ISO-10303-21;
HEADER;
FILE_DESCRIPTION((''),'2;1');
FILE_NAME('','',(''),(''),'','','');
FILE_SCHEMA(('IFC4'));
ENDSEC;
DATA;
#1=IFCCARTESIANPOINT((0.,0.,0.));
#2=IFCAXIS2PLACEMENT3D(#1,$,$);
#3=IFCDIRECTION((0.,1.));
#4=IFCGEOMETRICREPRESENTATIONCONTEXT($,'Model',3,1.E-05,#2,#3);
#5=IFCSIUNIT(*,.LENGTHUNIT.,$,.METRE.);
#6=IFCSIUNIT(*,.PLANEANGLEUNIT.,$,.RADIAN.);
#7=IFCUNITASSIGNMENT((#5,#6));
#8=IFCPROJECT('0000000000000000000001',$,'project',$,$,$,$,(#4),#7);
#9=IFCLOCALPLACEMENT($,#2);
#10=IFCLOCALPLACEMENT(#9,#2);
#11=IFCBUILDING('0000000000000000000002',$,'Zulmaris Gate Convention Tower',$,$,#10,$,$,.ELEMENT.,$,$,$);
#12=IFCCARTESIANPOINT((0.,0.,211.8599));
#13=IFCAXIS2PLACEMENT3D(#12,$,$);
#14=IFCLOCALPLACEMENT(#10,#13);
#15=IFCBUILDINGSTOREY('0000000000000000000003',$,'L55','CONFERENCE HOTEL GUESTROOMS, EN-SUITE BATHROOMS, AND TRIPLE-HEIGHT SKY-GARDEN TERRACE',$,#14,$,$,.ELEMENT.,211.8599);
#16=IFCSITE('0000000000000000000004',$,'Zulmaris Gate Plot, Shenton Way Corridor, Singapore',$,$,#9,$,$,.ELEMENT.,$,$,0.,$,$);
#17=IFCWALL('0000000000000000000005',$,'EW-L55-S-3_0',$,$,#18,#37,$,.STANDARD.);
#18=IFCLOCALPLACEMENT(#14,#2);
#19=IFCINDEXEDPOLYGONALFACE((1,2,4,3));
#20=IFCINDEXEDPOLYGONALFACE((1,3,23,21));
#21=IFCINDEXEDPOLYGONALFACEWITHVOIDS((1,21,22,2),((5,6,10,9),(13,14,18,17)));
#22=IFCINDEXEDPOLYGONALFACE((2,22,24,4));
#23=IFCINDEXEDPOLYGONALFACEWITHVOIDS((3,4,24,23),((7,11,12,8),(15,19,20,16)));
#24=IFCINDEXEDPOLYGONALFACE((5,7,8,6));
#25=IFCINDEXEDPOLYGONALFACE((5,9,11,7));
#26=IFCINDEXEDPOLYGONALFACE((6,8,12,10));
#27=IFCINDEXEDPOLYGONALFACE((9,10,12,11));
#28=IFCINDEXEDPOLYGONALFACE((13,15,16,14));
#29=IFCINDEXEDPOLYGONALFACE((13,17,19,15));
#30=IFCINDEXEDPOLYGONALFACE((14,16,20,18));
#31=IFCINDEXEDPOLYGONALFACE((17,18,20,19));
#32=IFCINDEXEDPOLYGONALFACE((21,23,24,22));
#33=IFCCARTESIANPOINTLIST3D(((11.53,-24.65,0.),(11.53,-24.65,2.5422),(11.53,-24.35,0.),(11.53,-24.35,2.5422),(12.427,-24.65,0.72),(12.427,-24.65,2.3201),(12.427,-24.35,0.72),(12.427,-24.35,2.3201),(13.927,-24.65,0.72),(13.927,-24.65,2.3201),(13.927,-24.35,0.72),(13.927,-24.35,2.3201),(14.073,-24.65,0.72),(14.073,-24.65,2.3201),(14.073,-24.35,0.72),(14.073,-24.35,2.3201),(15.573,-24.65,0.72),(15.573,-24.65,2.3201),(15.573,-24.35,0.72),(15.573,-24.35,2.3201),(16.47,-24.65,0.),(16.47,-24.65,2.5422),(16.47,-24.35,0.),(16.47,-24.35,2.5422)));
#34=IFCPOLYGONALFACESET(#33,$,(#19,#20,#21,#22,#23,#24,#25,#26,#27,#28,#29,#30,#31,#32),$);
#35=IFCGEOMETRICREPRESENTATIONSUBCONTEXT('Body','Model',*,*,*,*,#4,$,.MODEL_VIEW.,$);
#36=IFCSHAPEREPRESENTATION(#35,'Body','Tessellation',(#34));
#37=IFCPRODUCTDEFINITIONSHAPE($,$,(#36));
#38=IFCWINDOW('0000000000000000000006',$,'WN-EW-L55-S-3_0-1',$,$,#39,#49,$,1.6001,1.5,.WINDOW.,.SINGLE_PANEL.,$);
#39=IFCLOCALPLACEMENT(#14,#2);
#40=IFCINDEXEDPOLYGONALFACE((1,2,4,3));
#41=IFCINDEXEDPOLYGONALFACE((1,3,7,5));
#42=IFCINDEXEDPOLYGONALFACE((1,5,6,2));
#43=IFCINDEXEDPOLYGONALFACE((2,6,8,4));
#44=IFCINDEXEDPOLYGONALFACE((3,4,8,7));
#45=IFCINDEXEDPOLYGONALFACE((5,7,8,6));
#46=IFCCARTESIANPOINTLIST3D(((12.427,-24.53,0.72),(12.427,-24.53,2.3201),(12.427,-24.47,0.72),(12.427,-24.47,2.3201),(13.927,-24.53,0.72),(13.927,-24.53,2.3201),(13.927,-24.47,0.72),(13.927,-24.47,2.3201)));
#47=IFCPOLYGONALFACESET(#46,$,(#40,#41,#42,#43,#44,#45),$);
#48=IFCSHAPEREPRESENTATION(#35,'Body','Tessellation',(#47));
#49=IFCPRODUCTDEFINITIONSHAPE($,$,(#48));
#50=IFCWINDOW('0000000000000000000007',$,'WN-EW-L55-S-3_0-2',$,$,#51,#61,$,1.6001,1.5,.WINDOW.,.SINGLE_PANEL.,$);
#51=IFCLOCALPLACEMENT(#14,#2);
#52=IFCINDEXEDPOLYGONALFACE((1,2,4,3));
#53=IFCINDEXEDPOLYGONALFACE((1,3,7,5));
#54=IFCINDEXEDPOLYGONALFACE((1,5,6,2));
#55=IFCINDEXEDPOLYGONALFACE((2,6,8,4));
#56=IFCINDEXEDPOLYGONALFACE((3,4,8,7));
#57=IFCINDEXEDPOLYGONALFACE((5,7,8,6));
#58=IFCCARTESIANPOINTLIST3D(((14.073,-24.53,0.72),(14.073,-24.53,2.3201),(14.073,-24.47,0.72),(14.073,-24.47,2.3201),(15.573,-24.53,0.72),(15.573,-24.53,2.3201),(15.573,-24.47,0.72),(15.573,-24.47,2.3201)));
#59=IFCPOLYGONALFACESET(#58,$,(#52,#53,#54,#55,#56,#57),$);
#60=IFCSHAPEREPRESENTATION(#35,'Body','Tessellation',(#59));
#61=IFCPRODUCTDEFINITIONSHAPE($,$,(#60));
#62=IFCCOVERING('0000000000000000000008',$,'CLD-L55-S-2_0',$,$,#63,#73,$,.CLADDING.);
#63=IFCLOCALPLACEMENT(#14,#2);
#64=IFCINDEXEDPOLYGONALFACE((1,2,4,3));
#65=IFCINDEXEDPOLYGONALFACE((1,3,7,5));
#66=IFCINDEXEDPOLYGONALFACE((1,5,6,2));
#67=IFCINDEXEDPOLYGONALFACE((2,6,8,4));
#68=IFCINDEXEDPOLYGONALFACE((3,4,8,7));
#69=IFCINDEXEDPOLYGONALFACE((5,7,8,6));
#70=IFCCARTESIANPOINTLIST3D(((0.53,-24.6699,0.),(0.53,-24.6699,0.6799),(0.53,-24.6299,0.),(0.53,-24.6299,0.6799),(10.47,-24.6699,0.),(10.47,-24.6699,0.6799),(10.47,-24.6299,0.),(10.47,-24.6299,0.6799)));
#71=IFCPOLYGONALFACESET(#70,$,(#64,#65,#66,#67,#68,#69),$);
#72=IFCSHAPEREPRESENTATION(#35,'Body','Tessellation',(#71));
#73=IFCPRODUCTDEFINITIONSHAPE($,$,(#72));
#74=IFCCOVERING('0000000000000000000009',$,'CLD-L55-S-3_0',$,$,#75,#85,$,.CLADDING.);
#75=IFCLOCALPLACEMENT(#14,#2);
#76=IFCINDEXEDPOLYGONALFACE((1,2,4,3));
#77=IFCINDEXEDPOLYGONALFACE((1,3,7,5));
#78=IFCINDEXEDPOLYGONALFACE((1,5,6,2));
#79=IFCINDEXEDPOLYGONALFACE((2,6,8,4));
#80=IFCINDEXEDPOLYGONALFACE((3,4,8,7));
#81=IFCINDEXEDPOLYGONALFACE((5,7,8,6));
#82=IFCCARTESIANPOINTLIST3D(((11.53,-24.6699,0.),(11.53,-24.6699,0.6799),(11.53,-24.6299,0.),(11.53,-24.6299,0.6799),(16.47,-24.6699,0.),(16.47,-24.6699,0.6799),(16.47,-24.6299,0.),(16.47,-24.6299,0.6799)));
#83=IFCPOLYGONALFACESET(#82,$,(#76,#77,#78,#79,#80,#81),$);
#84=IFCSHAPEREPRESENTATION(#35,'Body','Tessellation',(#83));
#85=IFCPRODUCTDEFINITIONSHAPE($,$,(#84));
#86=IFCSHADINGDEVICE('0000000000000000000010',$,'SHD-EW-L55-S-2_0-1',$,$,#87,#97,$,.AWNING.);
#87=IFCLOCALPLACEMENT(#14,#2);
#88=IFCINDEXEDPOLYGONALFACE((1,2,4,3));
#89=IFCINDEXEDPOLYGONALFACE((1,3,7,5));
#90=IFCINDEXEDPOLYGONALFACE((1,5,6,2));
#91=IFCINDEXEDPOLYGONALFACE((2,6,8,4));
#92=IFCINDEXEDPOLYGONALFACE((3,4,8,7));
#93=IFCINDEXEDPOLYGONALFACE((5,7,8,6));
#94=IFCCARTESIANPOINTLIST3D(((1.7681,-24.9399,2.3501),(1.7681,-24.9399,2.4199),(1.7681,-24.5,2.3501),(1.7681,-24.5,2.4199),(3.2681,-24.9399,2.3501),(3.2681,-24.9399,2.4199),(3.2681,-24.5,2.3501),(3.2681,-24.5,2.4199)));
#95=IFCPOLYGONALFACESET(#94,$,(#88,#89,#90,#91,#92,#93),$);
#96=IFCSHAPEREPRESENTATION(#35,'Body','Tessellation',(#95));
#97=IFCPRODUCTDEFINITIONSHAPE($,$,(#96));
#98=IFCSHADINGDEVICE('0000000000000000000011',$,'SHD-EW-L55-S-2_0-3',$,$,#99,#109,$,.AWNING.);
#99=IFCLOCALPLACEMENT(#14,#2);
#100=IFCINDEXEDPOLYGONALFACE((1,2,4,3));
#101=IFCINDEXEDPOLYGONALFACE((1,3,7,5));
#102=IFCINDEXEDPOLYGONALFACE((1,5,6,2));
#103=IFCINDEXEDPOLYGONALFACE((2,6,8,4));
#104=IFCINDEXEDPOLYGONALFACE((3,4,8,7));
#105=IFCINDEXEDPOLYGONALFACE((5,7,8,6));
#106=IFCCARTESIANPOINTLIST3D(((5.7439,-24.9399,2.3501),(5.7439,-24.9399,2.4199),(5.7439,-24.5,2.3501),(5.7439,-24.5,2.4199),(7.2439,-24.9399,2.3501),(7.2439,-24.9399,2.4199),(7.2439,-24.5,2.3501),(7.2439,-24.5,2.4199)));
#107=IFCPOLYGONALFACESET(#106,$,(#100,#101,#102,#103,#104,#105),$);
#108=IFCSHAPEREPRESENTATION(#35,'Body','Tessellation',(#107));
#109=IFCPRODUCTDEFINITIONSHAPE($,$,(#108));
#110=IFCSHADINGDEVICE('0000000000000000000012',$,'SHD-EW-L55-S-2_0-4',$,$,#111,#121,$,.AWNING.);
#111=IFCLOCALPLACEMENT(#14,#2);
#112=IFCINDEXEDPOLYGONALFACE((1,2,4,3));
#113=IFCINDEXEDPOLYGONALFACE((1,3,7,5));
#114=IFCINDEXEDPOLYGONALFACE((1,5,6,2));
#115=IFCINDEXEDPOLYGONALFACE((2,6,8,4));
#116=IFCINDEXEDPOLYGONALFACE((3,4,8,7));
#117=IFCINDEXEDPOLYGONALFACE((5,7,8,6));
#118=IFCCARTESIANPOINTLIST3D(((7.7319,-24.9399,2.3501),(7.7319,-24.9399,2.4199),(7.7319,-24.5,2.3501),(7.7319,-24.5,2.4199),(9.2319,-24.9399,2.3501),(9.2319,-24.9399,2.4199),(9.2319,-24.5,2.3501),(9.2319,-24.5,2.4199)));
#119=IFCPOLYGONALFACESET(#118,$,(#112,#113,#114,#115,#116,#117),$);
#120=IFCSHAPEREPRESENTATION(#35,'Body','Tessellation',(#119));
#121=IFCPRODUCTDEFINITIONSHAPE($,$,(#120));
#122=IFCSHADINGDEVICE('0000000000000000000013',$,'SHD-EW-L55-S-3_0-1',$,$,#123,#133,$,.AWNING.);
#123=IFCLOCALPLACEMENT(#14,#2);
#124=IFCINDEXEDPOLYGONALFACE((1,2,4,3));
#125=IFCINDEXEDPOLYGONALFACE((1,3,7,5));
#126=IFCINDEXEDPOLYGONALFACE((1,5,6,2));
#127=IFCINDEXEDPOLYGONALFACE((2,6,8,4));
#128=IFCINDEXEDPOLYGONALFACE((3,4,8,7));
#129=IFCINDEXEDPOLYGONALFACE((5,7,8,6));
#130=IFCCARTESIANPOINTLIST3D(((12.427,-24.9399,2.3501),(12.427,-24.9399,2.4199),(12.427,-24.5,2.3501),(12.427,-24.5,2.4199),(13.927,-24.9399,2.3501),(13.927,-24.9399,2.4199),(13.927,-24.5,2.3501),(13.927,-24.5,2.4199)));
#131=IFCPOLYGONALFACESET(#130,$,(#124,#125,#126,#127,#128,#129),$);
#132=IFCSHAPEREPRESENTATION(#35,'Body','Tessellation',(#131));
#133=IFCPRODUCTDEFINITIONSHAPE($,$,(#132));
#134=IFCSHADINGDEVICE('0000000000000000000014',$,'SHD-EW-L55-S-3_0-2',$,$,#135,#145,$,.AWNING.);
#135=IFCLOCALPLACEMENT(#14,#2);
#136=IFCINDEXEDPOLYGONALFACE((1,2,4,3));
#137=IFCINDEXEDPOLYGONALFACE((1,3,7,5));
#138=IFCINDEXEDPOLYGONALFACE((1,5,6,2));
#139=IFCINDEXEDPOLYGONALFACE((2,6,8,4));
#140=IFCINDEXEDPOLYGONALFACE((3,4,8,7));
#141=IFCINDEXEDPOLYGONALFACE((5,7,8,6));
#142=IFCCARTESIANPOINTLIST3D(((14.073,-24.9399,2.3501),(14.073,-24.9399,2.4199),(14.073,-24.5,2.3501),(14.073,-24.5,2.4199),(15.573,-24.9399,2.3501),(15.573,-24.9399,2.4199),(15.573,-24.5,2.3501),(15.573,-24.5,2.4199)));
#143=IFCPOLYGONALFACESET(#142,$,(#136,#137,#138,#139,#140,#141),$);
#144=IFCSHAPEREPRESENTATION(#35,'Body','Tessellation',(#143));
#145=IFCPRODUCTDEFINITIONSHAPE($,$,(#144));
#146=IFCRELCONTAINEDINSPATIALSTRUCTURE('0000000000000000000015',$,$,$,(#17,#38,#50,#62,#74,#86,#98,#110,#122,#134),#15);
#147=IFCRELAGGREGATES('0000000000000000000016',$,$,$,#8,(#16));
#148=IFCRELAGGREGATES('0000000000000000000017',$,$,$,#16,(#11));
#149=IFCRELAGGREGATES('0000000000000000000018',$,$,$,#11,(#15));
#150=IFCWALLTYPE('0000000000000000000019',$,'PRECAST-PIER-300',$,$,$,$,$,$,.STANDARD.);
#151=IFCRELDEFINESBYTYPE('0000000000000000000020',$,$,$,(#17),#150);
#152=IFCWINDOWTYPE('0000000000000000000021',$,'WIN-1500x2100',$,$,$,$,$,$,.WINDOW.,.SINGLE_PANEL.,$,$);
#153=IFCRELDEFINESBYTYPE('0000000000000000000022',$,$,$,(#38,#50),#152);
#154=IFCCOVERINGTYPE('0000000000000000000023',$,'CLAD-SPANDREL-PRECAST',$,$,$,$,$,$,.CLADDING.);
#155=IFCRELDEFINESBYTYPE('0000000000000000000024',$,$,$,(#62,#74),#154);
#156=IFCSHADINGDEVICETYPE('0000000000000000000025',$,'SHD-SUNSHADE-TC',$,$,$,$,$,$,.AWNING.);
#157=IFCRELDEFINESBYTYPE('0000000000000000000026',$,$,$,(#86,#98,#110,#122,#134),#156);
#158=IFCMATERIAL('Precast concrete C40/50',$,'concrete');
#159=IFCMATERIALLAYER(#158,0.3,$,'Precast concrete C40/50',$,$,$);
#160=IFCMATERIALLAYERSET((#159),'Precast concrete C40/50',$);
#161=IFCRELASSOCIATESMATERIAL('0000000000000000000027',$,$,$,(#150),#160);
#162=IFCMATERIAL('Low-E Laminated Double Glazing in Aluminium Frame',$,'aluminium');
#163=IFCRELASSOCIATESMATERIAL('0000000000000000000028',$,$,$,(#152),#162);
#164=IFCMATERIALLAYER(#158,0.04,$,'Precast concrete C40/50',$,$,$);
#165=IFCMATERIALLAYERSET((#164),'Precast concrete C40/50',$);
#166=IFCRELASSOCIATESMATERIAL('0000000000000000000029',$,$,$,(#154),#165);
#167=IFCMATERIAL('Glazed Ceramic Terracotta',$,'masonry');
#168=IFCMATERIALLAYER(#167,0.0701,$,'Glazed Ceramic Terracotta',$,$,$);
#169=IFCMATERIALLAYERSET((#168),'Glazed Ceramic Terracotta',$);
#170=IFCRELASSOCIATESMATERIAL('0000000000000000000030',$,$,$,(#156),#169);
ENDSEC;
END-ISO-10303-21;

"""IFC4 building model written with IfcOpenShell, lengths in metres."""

from ifc_helpers import new_model, si_unit, direction, frame, frame_2d, origin, place, context, subcontext, project, spatial, rectangle, extrude, material, layer, layer_set, type_object, element, fill, save


model = new_model("IFC4")

# Units and contexts
model_context = context("Model", 3, precision=1e-05, world=origin(), true_north=direction((0.0, 1.0)))
body_context = subcontext(model_context, "Body", "Model", "MODEL_VIEW")
ifc_project = project(units=[si_unit("LENGTHUNIT", "METRE"), si_unit("PLANEANGLEUNIT", "RADIAN")], contexts=[model_context])

# Site, building, storey
site_placement = place(None, origin())
site = spatial("IfcSite", under=ifc_project, at=site_placement, Name="Zulmaris Gate Plot, Shenton Way Corridor, Singapore", CompositionType="ELEMENT", RefElevation=0.0)
building_placement = place(site_placement, origin())
building = spatial("IfcBuilding", under=site, at=building_placement, Name="Zulmaris Gate Convention Tower", CompositionType="ELEMENT")
storey_placement = place(building_placement, frame((0.0, 0.0, 211.8599)))
storey = spatial("IfcBuildingStorey", under=building, at=storey_placement, Name="L55", Description="CONFERENCE HOTEL GUESTROOMS, EN-SUITE BATHROOMS, AND TRIPLE-HEIGHT SKY-GARDEN TERRACE", CompositionType="ELEMENT", Elevation=211.8599)

# Wall, openings, windows
ifc_material_1 = material(Name="Precast concrete C40/50", Category="concrete")
ifc_layer_1 = layer(ifc_material_1, 0.3, Name="Precast concrete C40/50")
ifc_layer_set_1 = layer_set([ifc_layer_1], Name="Precast concrete C40/50")
wall_type_1 = type_object("IfcWallType", Name="PRECAST-PIER-300", PredefinedType="STANDARD", material=ifc_layer_set_1)
ifc_material_2 = material(Name="Low-E Laminated Double Glazing in Aluminium Frame", Category="aluminium")
window_type = type_object("IfcWindowType", Name="WIN-1500x2100", PartitioningType="SINGLE_PANEL", PredefinedType="WINDOW", material=ifc_material_2)
wall_1_placement = place(storey_placement, frame((11.53, -24.5, 0.0), z_axis=(0.0, 0.0, 1.0), x_axis=(1.0, 0.0, 0.0)))
wall_1 = element("IfcWall", 1, at=wall_1_placement, inside=storey, type_object=wall_type_1, Name="EW-L55-S-3_0", PredefinedType="STANDARD", context=body_context, shape_type="SweptSolid", body=[
    extrude(rectangle(XDim=4.9399, YDim=0.3, at=frame_2d((2.47, 0.0))), origin(), (0.0, 0.0, 1.0), 2.5422),
])
opening_1_placement = place(wall_1_placement, frame((0.897, 0.0, 0.72)))
opening_1 = element("IfcOpeningElement", 2, at=opening_1_placement, cuts=wall_1, PredefinedType="OPENING", context=body_context, shape_type="SweptSolid", body=[
    extrude(rectangle(XDim=1.5, YDim=1.6001, at=frame_2d((0.75, 0.8))), frame((0.0, 0.1602, 0.0), z_axis=(0.0, -1.0, 0.0), x_axis=(1.0, 0.0, 0.0)), (0.0, 0.0, 1.0), 0.3201),
])
opening_2_placement = place(wall_1_placement, frame((2.543, 0.0, 0.72)))
opening_2 = element("IfcOpeningElement", 3, at=opening_2_placement, cuts=wall_1, PredefinedType="OPENING", context=body_context, shape_type="SweptSolid", body=[
    extrude(rectangle(XDim=1.5, YDim=1.6001, at=frame_2d((0.75, 0.8))), frame((0.0, 0.1602, 0.0), z_axis=(0.0, -1.0, 0.0), x_axis=(1.0, 0.0, 0.0)), (0.0, 0.0, 1.0), 0.3201),
])
window_1_placement = place(opening_1_placement, origin())
window_1 = element("IfcWindow", 4, at=window_1_placement, inside=storey, type_object=window_type, Name="WN-EW-L55-S-3_0-1", OverallHeight=1.6001, OverallWidth=1.5, PartitioningType="SINGLE_PANEL", PredefinedType="WINDOW", context=body_context, shape_type="SweptSolid", body=[
    extrude(rectangle(XDim=1.5, YDim=1.6001, at=frame_2d((0.75, 0.8))), frame((0.0, 0.03, 0.0), z_axis=(0.0, -1.0, 0.0), x_axis=(1.0, 0.0, 0.0)), (0.0, 0.0, 1.0), 0.0601),
])
fill(opening_1, window_1)
window_2_placement = place(opening_2_placement, origin())
window_2 = element("IfcWindow", 5, at=window_2_placement, inside=storey, type_object=window_type, Name="WN-EW-L55-S-3_0-2", OverallHeight=1.6001, OverallWidth=1.5, PartitioningType="SINGLE_PANEL", PredefinedType="WINDOW", context=body_context, shape_type="SweptSolid", body=[
    extrude(rectangle(XDim=1.5, YDim=1.6001, at=frame_2d((0.75, 0.8))), frame((0.0, 0.03, 0.0), z_axis=(0.0, -1.0, 0.0), x_axis=(1.0, 0.0, 0.0)), (0.0, 0.0, 1.0), 0.0601),
])
fill(opening_2, window_2)

# Coverings
ifc_layer_2 = layer(ifc_material_1, 0.04, Name="Precast concrete C40/50")
ifc_layer_set_2 = layer_set([ifc_layer_2], Name="Precast concrete C40/50")
covering_type = type_object("IfcCoveringType", Name="CLAD-SPANDREL-PRECAST", PredefinedType="CLADDING", material=ifc_layer_set_2)
covering_1_placement = place(storey_placement, frame((0.53, -24.6499, 0.0), z_axis=(0.0, 0.0, 1.0), x_axis=(1.0, 0.0, 0.0)))
element("IfcCovering", 6, at=covering_1_placement, inside=storey, type_object=covering_type, Name="CLD-L55-S-2_0", PredefinedType="CLADDING", context=body_context, shape_type="SweptSolid", body=[
    extrude(rectangle(XDim=9.9399, YDim=0.04, at=frame_2d((4.97, 0.0))), origin(), (0.0, 0.0, 1.0), 0.6799),
])
covering_2_placement = place(storey_placement, frame((11.53, -24.6499, 0.0), z_axis=(0.0, 0.0, 1.0), x_axis=(1.0, 0.0, 0.0)))
element("IfcCovering", 7, at=covering_2_placement, inside=storey, type_object=covering_type, Name="CLD-L55-S-3_0", PredefinedType="CLADDING", context=body_context, shape_type="SweptSolid", body=[
    extrude(rectangle(XDim=4.9399, YDim=0.04, at=frame_2d((2.47, 0.0))), origin(), (0.0, 0.0, 1.0), 0.6799),
])

# Shading devices
ifc_material_3 = material(Name="Glazed Ceramic Terracotta", Category="masonry")
ifc_layer_3 = layer(ifc_material_3, 0.0701, Name="Glazed Ceramic Terracotta")
ifc_layer_set_3 = layer_set([ifc_layer_3], Name="Glazed Ceramic Terracotta")
shading_device_type = type_object("IfcShadingDeviceType", Name="SHD-SUNSHADE-TC", PredefinedType="AWNING", material=ifc_layer_set_3)
for number, where, z_axis, x_axis, name in (
    (8, (1.7681, -24.72, 2.3501), (0.0, 0.0, 1.0), (1.0, 0.0, 0.0), "SHD-EW-L55-S-2_0-1"),
    (9, (5.7439, -24.72, 2.3501), (0.0, 0.0, 1.0), (1.0, 0.0, 0.0), "SHD-EW-L55-S-2_0-3"),
    (10, (7.7319, -24.72, 2.3501), (0.0, 0.0, 1.0), (1.0, 0.0, 0.0), "SHD-EW-L55-S-2_0-4"),
    (11, (12.427, -24.72, 2.3501), (0.0, 0.0, 1.0), (1.0, 0.0, 0.0), "SHD-EW-L55-S-3_0-1"),
    (12, (14.073, -24.72, 2.3501), (0.0, 0.0, 1.0), (1.0, 0.0, 0.0), "SHD-EW-L55-S-3_0-2"),
):
    element("IfcShadingDevice", number, at=place(storey_placement, frame(where, z_axis=z_axis, x_axis=x_axis)), inside=storey, type_object=shading_device_type, Name=name, PredefinedType="AWNING", context=body_context, shape_type="SweptSolid", body=[
        extrude(rectangle(XDim=1.5, YDim=0.4399, at=frame_2d((0.75, 0.0))), origin(), (0.0, 0.0, 1.0), 0.0698),
    ])

save(model, "model.ifc")
